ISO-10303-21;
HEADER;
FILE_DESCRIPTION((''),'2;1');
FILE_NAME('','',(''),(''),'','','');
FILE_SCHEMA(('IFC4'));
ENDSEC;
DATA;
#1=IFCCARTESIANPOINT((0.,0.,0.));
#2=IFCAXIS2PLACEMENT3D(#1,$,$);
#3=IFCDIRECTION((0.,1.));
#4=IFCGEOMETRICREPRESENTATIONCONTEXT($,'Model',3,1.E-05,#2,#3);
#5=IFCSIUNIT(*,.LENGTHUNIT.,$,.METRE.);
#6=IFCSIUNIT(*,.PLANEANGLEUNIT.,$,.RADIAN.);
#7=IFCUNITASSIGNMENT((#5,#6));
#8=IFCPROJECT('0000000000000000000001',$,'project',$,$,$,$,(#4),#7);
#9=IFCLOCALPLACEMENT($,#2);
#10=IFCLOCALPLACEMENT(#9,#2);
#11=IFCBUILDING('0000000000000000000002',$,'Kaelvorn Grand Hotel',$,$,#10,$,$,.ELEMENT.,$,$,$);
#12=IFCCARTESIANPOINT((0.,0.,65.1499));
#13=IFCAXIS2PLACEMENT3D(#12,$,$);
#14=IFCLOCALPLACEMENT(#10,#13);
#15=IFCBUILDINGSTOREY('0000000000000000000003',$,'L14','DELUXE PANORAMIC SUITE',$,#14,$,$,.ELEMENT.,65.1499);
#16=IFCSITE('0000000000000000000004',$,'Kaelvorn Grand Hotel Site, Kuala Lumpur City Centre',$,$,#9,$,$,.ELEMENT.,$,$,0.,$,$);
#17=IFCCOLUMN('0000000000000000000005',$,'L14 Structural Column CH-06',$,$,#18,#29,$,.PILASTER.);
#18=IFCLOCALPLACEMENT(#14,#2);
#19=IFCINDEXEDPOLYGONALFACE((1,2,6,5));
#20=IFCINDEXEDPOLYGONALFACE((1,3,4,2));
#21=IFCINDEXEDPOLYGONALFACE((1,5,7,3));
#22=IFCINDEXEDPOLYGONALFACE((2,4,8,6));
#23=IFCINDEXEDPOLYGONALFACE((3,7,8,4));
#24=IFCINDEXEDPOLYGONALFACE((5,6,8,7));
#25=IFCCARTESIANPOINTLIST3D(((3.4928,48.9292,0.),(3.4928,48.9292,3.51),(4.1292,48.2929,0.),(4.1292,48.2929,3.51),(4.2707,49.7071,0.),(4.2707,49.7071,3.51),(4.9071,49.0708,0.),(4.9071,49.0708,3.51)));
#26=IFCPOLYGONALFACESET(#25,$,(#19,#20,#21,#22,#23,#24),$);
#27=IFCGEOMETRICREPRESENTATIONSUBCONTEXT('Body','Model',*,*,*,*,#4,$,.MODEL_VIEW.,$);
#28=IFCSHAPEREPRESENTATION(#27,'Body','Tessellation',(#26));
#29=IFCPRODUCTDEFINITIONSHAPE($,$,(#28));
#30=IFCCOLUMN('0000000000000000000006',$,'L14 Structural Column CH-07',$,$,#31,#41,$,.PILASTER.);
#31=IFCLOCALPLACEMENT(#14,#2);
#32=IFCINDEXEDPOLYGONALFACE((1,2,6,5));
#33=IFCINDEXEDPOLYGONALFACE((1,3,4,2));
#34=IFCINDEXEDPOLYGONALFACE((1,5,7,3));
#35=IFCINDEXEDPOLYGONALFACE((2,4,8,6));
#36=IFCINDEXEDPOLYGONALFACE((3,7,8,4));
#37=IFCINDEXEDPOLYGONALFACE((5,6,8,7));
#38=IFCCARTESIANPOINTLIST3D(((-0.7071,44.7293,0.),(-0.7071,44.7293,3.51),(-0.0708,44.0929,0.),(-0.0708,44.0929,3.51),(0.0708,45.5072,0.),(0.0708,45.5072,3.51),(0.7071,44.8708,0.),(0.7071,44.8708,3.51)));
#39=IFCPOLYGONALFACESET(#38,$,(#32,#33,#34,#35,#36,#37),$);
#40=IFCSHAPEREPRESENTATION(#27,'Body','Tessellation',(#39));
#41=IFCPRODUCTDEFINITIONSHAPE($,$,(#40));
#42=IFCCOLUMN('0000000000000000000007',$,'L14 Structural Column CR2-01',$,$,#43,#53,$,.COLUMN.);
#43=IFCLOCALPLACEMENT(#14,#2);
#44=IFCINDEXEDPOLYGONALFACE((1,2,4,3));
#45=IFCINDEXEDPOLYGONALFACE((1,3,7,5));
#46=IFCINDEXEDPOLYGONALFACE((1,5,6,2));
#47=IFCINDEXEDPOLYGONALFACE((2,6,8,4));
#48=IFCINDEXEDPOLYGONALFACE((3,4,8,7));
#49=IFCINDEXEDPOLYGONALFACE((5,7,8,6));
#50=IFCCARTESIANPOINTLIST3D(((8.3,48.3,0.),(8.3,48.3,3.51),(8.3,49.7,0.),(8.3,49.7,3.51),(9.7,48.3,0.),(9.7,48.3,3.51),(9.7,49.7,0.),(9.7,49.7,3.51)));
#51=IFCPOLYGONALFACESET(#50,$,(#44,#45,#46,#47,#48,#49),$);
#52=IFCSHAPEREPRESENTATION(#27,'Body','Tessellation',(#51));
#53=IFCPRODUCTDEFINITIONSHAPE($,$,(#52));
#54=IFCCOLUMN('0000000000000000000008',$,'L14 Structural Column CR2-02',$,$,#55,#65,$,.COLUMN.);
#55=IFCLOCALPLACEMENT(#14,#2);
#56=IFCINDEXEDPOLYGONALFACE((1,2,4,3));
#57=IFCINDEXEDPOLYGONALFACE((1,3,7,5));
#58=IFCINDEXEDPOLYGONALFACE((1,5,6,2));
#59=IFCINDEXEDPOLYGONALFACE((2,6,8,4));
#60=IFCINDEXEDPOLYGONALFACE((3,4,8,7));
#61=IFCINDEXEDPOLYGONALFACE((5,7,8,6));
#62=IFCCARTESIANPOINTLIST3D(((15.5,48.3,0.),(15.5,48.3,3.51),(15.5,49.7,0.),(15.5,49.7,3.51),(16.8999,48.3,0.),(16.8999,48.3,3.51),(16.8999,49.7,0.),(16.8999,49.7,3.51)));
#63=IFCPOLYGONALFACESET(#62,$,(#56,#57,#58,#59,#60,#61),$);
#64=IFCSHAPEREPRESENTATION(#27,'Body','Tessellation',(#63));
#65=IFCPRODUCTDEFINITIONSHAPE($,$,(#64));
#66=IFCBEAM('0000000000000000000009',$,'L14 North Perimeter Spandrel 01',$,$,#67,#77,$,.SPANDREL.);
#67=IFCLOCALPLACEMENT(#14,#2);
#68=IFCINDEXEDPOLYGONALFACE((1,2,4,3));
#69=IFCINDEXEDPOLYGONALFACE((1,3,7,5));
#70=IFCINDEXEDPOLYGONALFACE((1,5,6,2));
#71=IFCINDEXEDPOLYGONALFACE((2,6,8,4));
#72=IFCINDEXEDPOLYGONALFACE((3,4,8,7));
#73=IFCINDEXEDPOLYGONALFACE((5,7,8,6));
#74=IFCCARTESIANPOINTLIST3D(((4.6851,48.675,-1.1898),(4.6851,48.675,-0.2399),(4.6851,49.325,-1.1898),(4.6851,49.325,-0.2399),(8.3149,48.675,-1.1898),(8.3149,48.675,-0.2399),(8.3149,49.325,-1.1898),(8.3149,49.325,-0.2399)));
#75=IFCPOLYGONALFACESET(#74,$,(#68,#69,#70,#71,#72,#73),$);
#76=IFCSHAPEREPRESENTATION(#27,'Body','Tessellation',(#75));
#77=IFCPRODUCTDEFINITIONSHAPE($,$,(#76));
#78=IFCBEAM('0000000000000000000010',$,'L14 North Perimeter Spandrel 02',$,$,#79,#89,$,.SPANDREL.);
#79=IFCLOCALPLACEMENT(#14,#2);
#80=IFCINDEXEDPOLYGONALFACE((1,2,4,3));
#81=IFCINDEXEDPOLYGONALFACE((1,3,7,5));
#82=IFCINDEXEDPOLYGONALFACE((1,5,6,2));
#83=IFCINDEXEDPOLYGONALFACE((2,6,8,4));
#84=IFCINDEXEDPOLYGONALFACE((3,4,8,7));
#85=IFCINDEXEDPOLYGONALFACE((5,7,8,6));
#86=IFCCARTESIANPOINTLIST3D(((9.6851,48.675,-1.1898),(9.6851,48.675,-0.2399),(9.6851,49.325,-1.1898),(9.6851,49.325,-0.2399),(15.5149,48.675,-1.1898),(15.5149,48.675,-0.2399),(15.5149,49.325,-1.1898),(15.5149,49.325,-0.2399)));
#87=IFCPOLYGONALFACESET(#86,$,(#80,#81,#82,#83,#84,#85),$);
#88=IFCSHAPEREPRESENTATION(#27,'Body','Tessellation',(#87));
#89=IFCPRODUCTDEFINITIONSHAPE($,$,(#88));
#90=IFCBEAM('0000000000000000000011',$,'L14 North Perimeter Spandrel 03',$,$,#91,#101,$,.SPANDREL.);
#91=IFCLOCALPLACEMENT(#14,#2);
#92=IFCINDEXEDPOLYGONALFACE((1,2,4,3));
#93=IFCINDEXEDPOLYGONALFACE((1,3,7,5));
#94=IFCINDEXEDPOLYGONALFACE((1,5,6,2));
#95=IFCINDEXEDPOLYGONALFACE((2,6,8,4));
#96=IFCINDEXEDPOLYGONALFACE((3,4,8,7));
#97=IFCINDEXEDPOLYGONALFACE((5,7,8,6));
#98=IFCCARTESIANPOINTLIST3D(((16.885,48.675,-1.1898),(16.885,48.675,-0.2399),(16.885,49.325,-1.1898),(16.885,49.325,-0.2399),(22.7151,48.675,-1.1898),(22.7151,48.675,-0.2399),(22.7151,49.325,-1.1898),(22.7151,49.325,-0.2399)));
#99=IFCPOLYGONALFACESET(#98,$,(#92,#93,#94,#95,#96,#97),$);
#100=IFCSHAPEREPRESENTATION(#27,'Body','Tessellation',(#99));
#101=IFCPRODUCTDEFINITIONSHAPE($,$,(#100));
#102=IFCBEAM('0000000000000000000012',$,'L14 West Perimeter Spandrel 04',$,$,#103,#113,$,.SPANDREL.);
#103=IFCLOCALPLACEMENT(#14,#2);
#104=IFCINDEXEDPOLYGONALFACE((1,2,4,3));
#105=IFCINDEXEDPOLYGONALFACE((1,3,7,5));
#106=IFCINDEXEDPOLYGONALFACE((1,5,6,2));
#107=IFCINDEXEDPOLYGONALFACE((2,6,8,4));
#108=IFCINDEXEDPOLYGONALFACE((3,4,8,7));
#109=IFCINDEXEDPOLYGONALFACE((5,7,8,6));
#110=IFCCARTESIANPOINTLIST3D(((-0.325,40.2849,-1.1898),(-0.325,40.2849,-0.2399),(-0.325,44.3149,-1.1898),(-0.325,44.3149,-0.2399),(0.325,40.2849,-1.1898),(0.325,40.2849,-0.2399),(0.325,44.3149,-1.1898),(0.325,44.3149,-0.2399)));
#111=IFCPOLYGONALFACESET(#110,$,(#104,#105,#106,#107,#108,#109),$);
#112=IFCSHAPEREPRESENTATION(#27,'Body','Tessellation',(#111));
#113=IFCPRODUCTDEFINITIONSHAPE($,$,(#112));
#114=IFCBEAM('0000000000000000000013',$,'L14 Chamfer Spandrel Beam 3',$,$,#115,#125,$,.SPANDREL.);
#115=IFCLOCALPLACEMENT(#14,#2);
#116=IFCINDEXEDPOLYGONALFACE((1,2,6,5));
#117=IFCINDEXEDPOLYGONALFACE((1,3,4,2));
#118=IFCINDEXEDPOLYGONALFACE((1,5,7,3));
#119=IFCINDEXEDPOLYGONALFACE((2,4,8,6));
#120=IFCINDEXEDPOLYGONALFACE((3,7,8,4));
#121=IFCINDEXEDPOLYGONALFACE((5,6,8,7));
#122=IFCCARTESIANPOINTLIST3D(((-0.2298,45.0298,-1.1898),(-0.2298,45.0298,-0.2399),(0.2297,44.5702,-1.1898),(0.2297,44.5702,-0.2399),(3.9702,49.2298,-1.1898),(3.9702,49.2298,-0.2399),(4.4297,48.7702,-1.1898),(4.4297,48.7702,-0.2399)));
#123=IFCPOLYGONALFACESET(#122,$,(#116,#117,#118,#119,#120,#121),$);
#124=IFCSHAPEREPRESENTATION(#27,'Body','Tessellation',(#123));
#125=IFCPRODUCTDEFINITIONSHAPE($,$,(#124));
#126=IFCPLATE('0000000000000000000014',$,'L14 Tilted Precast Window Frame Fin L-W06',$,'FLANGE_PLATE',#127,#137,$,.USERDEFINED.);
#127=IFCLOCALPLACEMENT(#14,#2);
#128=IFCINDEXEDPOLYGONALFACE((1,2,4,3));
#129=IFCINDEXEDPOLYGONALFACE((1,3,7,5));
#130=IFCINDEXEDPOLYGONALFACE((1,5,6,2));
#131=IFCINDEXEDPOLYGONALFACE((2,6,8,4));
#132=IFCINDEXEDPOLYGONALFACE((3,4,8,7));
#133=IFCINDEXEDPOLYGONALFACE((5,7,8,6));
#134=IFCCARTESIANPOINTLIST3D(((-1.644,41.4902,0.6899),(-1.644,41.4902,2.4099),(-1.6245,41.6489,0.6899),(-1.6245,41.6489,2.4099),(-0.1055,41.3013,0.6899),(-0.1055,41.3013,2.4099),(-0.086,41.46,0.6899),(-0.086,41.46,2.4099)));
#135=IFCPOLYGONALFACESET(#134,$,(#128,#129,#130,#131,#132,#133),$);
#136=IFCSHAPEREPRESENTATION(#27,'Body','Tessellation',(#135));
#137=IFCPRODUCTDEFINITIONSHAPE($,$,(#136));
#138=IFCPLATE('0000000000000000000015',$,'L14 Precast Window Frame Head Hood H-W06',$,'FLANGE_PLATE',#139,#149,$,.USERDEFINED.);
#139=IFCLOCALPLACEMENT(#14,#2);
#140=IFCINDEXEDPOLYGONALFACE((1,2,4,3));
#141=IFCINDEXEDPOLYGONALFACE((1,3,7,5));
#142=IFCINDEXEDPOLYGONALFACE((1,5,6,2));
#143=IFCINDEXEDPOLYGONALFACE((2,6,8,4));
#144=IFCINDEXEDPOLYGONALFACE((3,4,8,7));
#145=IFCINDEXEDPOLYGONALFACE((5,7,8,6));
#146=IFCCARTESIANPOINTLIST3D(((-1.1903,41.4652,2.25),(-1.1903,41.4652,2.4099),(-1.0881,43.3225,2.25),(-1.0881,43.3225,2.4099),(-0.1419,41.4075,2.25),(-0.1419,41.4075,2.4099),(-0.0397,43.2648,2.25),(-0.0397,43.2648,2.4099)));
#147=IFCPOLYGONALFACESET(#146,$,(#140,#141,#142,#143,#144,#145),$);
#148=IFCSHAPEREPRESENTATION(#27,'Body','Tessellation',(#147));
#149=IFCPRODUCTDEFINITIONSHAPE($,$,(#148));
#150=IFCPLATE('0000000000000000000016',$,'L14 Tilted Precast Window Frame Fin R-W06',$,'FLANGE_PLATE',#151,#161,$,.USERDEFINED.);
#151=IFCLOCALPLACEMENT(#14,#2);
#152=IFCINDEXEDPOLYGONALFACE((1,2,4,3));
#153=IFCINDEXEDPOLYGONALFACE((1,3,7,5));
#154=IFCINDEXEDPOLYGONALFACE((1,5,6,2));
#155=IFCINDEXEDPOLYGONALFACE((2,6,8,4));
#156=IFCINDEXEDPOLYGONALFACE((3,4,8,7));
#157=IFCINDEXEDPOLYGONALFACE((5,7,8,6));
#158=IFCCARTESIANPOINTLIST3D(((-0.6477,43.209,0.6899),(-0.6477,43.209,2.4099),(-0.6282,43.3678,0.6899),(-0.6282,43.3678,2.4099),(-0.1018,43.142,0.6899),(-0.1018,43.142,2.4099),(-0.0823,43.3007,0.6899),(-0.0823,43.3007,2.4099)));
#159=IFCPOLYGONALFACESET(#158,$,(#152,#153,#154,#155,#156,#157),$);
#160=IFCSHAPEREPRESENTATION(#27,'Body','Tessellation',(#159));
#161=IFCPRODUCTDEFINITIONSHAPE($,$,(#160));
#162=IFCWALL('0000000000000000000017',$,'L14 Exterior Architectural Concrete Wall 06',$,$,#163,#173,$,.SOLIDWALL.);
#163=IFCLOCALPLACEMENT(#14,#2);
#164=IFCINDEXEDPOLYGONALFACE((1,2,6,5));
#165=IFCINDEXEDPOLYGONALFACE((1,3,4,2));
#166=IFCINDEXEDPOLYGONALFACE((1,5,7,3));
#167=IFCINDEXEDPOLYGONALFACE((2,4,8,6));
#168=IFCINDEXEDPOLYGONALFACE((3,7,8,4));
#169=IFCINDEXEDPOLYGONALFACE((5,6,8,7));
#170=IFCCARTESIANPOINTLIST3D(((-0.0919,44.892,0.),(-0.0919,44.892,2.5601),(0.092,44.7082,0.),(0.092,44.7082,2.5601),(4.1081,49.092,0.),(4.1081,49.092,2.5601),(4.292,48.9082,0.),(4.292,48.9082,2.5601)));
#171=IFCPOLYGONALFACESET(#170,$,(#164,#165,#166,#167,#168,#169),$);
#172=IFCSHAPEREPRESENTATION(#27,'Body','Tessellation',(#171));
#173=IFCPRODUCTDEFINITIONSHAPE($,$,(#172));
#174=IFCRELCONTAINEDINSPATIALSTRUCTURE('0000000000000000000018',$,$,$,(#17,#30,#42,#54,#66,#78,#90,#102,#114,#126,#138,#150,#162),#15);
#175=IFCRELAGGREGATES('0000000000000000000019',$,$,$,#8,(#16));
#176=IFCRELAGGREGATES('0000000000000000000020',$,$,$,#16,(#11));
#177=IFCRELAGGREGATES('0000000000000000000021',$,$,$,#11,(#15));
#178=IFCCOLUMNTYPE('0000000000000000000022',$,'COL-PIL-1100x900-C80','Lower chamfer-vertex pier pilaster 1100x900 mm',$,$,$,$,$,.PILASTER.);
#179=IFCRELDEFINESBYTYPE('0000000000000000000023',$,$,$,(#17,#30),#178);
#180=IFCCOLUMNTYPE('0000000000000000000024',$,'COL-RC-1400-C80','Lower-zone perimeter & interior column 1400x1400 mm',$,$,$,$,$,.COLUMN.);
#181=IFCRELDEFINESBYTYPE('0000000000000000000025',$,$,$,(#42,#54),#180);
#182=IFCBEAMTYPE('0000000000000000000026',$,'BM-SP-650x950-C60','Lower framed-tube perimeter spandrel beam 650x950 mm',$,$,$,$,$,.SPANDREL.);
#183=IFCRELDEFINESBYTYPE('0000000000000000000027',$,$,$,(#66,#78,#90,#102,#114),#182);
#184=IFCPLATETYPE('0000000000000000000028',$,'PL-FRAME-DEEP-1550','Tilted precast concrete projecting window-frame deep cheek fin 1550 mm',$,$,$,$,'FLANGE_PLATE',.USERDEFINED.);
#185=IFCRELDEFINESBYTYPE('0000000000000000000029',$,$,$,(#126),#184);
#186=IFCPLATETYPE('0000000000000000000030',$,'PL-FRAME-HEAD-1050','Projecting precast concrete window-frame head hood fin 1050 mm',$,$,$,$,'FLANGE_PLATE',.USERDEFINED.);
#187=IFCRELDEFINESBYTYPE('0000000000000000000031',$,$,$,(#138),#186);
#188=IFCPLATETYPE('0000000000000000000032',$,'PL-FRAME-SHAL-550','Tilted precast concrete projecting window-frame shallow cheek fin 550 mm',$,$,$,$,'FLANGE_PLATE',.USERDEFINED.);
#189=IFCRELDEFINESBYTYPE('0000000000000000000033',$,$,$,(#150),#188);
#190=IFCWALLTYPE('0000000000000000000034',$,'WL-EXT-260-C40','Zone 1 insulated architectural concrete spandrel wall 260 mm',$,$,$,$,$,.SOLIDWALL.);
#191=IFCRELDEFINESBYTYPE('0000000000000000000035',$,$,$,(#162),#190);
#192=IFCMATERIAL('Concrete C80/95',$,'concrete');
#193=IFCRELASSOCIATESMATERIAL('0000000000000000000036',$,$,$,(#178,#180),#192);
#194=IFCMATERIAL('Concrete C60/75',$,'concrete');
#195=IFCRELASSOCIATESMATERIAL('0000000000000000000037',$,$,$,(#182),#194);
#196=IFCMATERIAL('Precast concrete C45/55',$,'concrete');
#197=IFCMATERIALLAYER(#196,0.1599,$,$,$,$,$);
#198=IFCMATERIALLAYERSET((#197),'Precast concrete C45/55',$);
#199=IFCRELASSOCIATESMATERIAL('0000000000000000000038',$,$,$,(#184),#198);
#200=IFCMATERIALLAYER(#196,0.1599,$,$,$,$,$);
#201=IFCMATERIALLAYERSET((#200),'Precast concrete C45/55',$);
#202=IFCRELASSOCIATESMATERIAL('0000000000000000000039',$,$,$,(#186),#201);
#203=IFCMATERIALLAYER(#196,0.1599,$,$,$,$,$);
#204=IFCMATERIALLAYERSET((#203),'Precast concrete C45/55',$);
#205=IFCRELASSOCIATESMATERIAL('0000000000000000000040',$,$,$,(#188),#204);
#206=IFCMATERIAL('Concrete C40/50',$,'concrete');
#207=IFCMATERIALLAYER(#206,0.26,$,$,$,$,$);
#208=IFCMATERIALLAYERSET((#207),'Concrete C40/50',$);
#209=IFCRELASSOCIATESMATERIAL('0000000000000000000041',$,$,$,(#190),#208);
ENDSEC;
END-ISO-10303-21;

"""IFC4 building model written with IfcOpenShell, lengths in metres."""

from ifc_helpers import new_model, si_unit, direction, frame, frame_2d, origin, origin_2d, place, context, subcontext, project, spatial, rectangle, extrude, material, layer, layer_set, material_profile, profile_set, type_object, element, save


model = new_model("IFC4")

# Units and contexts
model_context = context("Model", 3, precision=1e-05, world=origin(), true_north=direction((0.0, 1.0)))
body_context = subcontext(model_context, "Body", "Model", "MODEL_VIEW")
ifc_project = project(units=[si_unit("LENGTHUNIT", "METRE"), si_unit("PLANEANGLEUNIT", "RADIAN")], contexts=[model_context])

# Site, building, storey
site_placement = place(None, origin())
site = spatial("IfcSite", under=ifc_project, at=site_placement, Name="Kaelvorn Grand Hotel Site, Kuala Lumpur City Centre", CompositionType="ELEMENT", RefElevation=0.0)
building_placement = place(site_placement, origin())
building = spatial("IfcBuilding", under=site, at=building_placement, Name="Kaelvorn Grand Hotel", CompositionType="ELEMENT")
storey_placement = place(building_placement, frame((0.0, 0.0, 65.1499)))
storey = spatial("IfcBuildingStorey", under=building, at=storey_placement, Name="L14", Description="DELUXE PANORAMIC SUITE", CompositionType="ELEMENT", Elevation=65.1499)

# Columns
ifc_material_1 = material(Name="Concrete C80/95", Category="concrete")
ifc_material_profile_1 = material_profile(ifc_material_1, rectangle(XDim=1.1001, YDim=0.8999, at=origin_2d()), Name="RC PILASTER 1100x900")
ifc_profile_set_1 = profile_set([ifc_material_profile_1], Name="Concrete C80/95")
column_type_1 = type_object("IfcColumnType", Name="COL-PIL-1100x900-C80", Description="Lower chamfer-vertex pier pilaster 1100x900 mm", PredefinedType="PILASTER", material=ifc_profile_set_1)
for number, where, z_axis, x_axis, name in (
    (1, (4.2, 49.0, 0.0), (0.0, 0.0, 1.0), (0.707107, 0.707107, 0.0), "L14 Structural Column CH-06"),
    (2, (0.0, 44.8, 0.0), (0.0, 0.0, 1.0), (0.707107, 0.707107, 0.0), "L14 Structural Column CH-07"),
):
    element("IfcColumn", number, at=place(storey_placement, frame(where, z_axis=z_axis, x_axis=x_axis)), inside=storey, type_object=column_type_1, Name=name, PredefinedType="PILASTER", context=body_context, shape_type="SweptSolid", body=[
        extrude(rectangle(XDim=1.1001, YDim=0.8999, at=origin_2d()), origin(), (0.0, 0.0, 1.0), 3.51),
    ])
ifc_material_profile_2 = material_profile(ifc_material_1, rectangle(XDim=1.3999, YDim=1.3999, at=origin_2d()), Name="RC COL 1400x1400")
ifc_profile_set_2 = profile_set([ifc_material_profile_2], Name="Concrete C80/95")
column_type_2 = type_object("IfcColumnType", Name="COL-RC-1400-C80", Description="Lower-zone perimeter & interior column 1400x1400 mm", PredefinedType="COLUMN", material=ifc_profile_set_2)
for number, where, z_axis, x_axis, name in (
    (3, (9.0, 49.0, 0.0), (0.0, 0.0, 1.0), (1.0, 0.0, 0.0), "L14 Structural Column CR2-01"),
    (4, (16.2, 49.0, 0.0), (0.0, 0.0, 1.0), (1.0, 0.0, 0.0), "L14 Structural Column CR2-02"),
):
    element("IfcColumn", number, at=place(storey_placement, frame(where, z_axis=z_axis, x_axis=x_axis)), inside=storey, type_object=column_type_2, Name=name, PredefinedType="COLUMN", context=body_context, shape_type="SweptSolid", body=[
        extrude(rectangle(XDim=1.3999, YDim=1.3999, at=origin_2d()), origin(), (0.0, 0.0, 1.0), 3.51),
    ])

# Beams
ifc_material_2 = material(Name="Concrete C60/75", Category="concrete")
ifc_material_profile_3 = material_profile(ifc_material_2, rectangle(XDim=0.6499, YDim=0.95, at=origin_2d()), Name="RC SPANDREL 650x950")
ifc_profile_set_3 = profile_set([ifc_material_profile_3], Name="Concrete C60/75")
beam_type = type_object("IfcBeamType", Name="BM-SP-650x950-C60", Description="Lower framed-tube perimeter spandrel beam 650x950 mm", PredefinedType="SPANDREL", material=ifc_profile_set_3)
beam_1_placement = place(storey_placement, frame((4.6851, 49.0, -0.7148), z_axis=(1.0, 0.0, 0.0), x_axis=(0.0, 1.0, 0.0)))
element("IfcBeam", 5, at=beam_1_placement, inside=storey, type_object=beam_type, Name="L14 North Perimeter Spandrel 01", PredefinedType="SPANDREL", context=body_context, shape_type="SweptSolid", body=[
    extrude(rectangle(XDim=0.6499, YDim=0.95, at=origin_2d()), origin(), (0.0, 0.0, 1.0), 3.6299),
])
beam_2_placement = place(storey_placement, frame((9.6851, 49.0, -0.7148), z_axis=(1.0, 0.0, 0.0), x_axis=(0.0, 1.0, 0.0)))
element("IfcBeam", 6, at=beam_2_placement, inside=storey, type_object=beam_type, Name="L14 North Perimeter Spandrel 02", PredefinedType="SPANDREL", context=body_context, shape_type="SweptSolid", body=[
    extrude(rectangle(XDim=0.6499, YDim=0.95, at=origin_2d()), origin(), (0.0, 0.0, 1.0), 5.8298),
])
beam_3_placement = place(storey_placement, frame((16.885, 49.0, -0.7148), z_axis=(1.0, 0.0, 0.0), x_axis=(0.0, 1.0, 0.0)))
element("IfcBeam", 7, at=beam_3_placement, inside=storey, type_object=beam_type, Name="L14 North Perimeter Spandrel 03", PredefinedType="SPANDREL", context=body_context, shape_type="SweptSolid", body=[
    extrude(rectangle(XDim=0.6499, YDim=0.95, at=origin_2d()), origin(), (0.0, 0.0, 1.0), 5.8301),
])
beam_4_placement = place(storey_placement, frame((0.0, 40.2849, -0.7148), z_axis=(0.0, 1.0, 0.0), x_axis=(-1.0, 0.0, 0.0)))
element("IfcBeam", 8, at=beam_4_placement, inside=storey, type_object=beam_type, Name="L14 West Perimeter Spandrel 04", PredefinedType="SPANDREL", context=body_context, shape_type="SweptSolid", body=[
    extrude(rectangle(XDim=0.6499, YDim=0.95, at=origin_2d()), origin(), (0.0, 0.0, 1.0), 4.03),
])
beam_5_placement = place(storey_placement, frame((4.2, 49.0, -0.7148), z_axis=(-0.707107, -0.707107, 0.0), x_axis=(0.707107, -0.707107, 0.0)))
element("IfcBeam", 9, at=beam_5_placement, inside=storey, type_object=beam_type, Name="L14 Chamfer Spandrel Beam 3", PredefinedType="SPANDREL", context=body_context, shape_type="SweptSolid", body=[
    extrude(rectangle(XDim=0.6499, YDim=0.95, at=origin_2d()), origin(), (0.0, 0.0, 1.0), 5.9397),
])

# Plates
ifc_material_3 = material(Name="Precast concrete C45/55", Category="concrete")
ifc_layer_1 = layer(ifc_material_3, 0.1599)
ifc_layer_set_1 = layer_set([ifc_layer_1], Name="Precast concrete C45/55")
plate_type_1 = type_object("IfcPlateType", Name="PL-FRAME-DEEP-1550", Description="Tilted precast concrete projecting window-frame deep cheek fin 1550 mm", ElementType="FLANGE_PLATE", PredefinedType="USERDEFINED", material=ifc_layer_set_1)
plate_1_placement = place(storey_placement, frame((-0.865, 41.4751, 0.6899), z_axis=(0.0, 0.0, 1.0), x_axis=(0.121869, 0.992546, 0.0)))
element("IfcPlate", 10, at=plate_1_placement, inside=storey, type_object=plate_type_1, Name="L14 Tilted Precast Window Frame Fin L-W06", ObjectType="FLANGE_PLATE", PredefinedType="USERDEFINED", context=body_context, shape_type="SweptSolid", body=[
    extrude(rectangle(XDim=0.1599, YDim=1.55, at=origin_2d()), origin(), (0.0, 0.0, 1.0), 1.72),
])
ifc_layer_2 = layer(ifc_material_3, 0.1599)
ifc_layer_set_2 = layer_set([ifc_layer_2], Name="Precast concrete C45/55")
plate_type_2 = type_object("IfcPlateType", Name="PL-FRAME-HEAD-1050", Description="Projecting precast concrete window-frame head hood fin 1050 mm", ElementType="FLANGE_PLATE", PredefinedType="USERDEFINED", material=ifc_layer_set_2)
plate_2_placement = place(storey_placement, frame((-0.615, 42.365, 2.25), z_axis=(0.0, 0.0, 1.0), x_axis=(0.05495, 0.998489, 0.0)))
element("IfcPlate", 11, at=plate_2_placement, inside=storey, type_object=plate_type_2, Name="L14 Precast Window Frame Head Hood H-W06", ObjectType="FLANGE_PLATE", PredefinedType="USERDEFINED", context=body_context, shape_type="SweptSolid", body=[
    extrude(rectangle(XDim=1.8601, YDim=1.05, at=origin_2d()), origin(), (0.0, 0.0, 1.0), 0.1599),
])
ifc_layer_3 = layer(ifc_material_3, 0.1599)
ifc_layer_set_3 = layer_set([ifc_layer_3], Name="Precast concrete C45/55")
plate_type_3 = type_object("IfcPlateType", Name="PL-FRAME-SHAL-550", Description="Tilted precast concrete projecting window-frame shallow cheek fin 550 mm", ElementType="FLANGE_PLATE", PredefinedType="USERDEFINED", material=ifc_layer_set_3)
plate_3_placement = place(storey_placement, frame((-0.365, 43.2549, 0.6899), z_axis=(0.0, 0.0, 1.0), x_axis=(0.121869, 0.992546, 0.0)))
element("IfcPlate", 12, at=plate_3_placement, inside=storey, type_object=plate_type_3, Name="L14 Tilted Precast Window Frame Fin R-W06", ObjectType="FLANGE_PLATE", PredefinedType="USERDEFINED", context=body_context, shape_type="SweptSolid", body=[
    extrude(rectangle(XDim=0.1599, YDim=0.55, at=origin_2d()), origin(), (0.0, 0.0, 1.0), 1.72),
])

# Wall
ifc_material_4 = material(Name="Concrete C40/50", Category="concrete")
ifc_layer_4 = layer(ifc_material_4, 0.26)
ifc_layer_set_4 = layer_set([ifc_layer_4], Name="Concrete C40/50")
wall_type_1 = type_object("IfcWallType", Name="WL-EXT-260-C40", Description="Zone 1 insulated architectural concrete spandrel wall 260 mm", PredefinedType="SOLIDWALL", material=ifc_layer_set_4)
wall_1_placement = place(storey_placement, frame((4.2, 49.0, 0.0), z_axis=(0.0, 0.0, 1.0), x_axis=(-0.707107, -0.707107, 0.0)))
element("IfcWall", 13, at=wall_1_placement, inside=storey, type_object=wall_type_1, Name="L14 Exterior Architectural Concrete Wall 06", PredefinedType="SOLIDWALL", context=body_context, shape_type="SweptSolid", body=[
    extrude(rectangle(XDim=5.9397, YDim=0.26, at=frame_2d((2.9697, 0.0))), origin(), (0.0, 0.0, 1.0), 2.5601),
])

save(model, "model.ifc")
